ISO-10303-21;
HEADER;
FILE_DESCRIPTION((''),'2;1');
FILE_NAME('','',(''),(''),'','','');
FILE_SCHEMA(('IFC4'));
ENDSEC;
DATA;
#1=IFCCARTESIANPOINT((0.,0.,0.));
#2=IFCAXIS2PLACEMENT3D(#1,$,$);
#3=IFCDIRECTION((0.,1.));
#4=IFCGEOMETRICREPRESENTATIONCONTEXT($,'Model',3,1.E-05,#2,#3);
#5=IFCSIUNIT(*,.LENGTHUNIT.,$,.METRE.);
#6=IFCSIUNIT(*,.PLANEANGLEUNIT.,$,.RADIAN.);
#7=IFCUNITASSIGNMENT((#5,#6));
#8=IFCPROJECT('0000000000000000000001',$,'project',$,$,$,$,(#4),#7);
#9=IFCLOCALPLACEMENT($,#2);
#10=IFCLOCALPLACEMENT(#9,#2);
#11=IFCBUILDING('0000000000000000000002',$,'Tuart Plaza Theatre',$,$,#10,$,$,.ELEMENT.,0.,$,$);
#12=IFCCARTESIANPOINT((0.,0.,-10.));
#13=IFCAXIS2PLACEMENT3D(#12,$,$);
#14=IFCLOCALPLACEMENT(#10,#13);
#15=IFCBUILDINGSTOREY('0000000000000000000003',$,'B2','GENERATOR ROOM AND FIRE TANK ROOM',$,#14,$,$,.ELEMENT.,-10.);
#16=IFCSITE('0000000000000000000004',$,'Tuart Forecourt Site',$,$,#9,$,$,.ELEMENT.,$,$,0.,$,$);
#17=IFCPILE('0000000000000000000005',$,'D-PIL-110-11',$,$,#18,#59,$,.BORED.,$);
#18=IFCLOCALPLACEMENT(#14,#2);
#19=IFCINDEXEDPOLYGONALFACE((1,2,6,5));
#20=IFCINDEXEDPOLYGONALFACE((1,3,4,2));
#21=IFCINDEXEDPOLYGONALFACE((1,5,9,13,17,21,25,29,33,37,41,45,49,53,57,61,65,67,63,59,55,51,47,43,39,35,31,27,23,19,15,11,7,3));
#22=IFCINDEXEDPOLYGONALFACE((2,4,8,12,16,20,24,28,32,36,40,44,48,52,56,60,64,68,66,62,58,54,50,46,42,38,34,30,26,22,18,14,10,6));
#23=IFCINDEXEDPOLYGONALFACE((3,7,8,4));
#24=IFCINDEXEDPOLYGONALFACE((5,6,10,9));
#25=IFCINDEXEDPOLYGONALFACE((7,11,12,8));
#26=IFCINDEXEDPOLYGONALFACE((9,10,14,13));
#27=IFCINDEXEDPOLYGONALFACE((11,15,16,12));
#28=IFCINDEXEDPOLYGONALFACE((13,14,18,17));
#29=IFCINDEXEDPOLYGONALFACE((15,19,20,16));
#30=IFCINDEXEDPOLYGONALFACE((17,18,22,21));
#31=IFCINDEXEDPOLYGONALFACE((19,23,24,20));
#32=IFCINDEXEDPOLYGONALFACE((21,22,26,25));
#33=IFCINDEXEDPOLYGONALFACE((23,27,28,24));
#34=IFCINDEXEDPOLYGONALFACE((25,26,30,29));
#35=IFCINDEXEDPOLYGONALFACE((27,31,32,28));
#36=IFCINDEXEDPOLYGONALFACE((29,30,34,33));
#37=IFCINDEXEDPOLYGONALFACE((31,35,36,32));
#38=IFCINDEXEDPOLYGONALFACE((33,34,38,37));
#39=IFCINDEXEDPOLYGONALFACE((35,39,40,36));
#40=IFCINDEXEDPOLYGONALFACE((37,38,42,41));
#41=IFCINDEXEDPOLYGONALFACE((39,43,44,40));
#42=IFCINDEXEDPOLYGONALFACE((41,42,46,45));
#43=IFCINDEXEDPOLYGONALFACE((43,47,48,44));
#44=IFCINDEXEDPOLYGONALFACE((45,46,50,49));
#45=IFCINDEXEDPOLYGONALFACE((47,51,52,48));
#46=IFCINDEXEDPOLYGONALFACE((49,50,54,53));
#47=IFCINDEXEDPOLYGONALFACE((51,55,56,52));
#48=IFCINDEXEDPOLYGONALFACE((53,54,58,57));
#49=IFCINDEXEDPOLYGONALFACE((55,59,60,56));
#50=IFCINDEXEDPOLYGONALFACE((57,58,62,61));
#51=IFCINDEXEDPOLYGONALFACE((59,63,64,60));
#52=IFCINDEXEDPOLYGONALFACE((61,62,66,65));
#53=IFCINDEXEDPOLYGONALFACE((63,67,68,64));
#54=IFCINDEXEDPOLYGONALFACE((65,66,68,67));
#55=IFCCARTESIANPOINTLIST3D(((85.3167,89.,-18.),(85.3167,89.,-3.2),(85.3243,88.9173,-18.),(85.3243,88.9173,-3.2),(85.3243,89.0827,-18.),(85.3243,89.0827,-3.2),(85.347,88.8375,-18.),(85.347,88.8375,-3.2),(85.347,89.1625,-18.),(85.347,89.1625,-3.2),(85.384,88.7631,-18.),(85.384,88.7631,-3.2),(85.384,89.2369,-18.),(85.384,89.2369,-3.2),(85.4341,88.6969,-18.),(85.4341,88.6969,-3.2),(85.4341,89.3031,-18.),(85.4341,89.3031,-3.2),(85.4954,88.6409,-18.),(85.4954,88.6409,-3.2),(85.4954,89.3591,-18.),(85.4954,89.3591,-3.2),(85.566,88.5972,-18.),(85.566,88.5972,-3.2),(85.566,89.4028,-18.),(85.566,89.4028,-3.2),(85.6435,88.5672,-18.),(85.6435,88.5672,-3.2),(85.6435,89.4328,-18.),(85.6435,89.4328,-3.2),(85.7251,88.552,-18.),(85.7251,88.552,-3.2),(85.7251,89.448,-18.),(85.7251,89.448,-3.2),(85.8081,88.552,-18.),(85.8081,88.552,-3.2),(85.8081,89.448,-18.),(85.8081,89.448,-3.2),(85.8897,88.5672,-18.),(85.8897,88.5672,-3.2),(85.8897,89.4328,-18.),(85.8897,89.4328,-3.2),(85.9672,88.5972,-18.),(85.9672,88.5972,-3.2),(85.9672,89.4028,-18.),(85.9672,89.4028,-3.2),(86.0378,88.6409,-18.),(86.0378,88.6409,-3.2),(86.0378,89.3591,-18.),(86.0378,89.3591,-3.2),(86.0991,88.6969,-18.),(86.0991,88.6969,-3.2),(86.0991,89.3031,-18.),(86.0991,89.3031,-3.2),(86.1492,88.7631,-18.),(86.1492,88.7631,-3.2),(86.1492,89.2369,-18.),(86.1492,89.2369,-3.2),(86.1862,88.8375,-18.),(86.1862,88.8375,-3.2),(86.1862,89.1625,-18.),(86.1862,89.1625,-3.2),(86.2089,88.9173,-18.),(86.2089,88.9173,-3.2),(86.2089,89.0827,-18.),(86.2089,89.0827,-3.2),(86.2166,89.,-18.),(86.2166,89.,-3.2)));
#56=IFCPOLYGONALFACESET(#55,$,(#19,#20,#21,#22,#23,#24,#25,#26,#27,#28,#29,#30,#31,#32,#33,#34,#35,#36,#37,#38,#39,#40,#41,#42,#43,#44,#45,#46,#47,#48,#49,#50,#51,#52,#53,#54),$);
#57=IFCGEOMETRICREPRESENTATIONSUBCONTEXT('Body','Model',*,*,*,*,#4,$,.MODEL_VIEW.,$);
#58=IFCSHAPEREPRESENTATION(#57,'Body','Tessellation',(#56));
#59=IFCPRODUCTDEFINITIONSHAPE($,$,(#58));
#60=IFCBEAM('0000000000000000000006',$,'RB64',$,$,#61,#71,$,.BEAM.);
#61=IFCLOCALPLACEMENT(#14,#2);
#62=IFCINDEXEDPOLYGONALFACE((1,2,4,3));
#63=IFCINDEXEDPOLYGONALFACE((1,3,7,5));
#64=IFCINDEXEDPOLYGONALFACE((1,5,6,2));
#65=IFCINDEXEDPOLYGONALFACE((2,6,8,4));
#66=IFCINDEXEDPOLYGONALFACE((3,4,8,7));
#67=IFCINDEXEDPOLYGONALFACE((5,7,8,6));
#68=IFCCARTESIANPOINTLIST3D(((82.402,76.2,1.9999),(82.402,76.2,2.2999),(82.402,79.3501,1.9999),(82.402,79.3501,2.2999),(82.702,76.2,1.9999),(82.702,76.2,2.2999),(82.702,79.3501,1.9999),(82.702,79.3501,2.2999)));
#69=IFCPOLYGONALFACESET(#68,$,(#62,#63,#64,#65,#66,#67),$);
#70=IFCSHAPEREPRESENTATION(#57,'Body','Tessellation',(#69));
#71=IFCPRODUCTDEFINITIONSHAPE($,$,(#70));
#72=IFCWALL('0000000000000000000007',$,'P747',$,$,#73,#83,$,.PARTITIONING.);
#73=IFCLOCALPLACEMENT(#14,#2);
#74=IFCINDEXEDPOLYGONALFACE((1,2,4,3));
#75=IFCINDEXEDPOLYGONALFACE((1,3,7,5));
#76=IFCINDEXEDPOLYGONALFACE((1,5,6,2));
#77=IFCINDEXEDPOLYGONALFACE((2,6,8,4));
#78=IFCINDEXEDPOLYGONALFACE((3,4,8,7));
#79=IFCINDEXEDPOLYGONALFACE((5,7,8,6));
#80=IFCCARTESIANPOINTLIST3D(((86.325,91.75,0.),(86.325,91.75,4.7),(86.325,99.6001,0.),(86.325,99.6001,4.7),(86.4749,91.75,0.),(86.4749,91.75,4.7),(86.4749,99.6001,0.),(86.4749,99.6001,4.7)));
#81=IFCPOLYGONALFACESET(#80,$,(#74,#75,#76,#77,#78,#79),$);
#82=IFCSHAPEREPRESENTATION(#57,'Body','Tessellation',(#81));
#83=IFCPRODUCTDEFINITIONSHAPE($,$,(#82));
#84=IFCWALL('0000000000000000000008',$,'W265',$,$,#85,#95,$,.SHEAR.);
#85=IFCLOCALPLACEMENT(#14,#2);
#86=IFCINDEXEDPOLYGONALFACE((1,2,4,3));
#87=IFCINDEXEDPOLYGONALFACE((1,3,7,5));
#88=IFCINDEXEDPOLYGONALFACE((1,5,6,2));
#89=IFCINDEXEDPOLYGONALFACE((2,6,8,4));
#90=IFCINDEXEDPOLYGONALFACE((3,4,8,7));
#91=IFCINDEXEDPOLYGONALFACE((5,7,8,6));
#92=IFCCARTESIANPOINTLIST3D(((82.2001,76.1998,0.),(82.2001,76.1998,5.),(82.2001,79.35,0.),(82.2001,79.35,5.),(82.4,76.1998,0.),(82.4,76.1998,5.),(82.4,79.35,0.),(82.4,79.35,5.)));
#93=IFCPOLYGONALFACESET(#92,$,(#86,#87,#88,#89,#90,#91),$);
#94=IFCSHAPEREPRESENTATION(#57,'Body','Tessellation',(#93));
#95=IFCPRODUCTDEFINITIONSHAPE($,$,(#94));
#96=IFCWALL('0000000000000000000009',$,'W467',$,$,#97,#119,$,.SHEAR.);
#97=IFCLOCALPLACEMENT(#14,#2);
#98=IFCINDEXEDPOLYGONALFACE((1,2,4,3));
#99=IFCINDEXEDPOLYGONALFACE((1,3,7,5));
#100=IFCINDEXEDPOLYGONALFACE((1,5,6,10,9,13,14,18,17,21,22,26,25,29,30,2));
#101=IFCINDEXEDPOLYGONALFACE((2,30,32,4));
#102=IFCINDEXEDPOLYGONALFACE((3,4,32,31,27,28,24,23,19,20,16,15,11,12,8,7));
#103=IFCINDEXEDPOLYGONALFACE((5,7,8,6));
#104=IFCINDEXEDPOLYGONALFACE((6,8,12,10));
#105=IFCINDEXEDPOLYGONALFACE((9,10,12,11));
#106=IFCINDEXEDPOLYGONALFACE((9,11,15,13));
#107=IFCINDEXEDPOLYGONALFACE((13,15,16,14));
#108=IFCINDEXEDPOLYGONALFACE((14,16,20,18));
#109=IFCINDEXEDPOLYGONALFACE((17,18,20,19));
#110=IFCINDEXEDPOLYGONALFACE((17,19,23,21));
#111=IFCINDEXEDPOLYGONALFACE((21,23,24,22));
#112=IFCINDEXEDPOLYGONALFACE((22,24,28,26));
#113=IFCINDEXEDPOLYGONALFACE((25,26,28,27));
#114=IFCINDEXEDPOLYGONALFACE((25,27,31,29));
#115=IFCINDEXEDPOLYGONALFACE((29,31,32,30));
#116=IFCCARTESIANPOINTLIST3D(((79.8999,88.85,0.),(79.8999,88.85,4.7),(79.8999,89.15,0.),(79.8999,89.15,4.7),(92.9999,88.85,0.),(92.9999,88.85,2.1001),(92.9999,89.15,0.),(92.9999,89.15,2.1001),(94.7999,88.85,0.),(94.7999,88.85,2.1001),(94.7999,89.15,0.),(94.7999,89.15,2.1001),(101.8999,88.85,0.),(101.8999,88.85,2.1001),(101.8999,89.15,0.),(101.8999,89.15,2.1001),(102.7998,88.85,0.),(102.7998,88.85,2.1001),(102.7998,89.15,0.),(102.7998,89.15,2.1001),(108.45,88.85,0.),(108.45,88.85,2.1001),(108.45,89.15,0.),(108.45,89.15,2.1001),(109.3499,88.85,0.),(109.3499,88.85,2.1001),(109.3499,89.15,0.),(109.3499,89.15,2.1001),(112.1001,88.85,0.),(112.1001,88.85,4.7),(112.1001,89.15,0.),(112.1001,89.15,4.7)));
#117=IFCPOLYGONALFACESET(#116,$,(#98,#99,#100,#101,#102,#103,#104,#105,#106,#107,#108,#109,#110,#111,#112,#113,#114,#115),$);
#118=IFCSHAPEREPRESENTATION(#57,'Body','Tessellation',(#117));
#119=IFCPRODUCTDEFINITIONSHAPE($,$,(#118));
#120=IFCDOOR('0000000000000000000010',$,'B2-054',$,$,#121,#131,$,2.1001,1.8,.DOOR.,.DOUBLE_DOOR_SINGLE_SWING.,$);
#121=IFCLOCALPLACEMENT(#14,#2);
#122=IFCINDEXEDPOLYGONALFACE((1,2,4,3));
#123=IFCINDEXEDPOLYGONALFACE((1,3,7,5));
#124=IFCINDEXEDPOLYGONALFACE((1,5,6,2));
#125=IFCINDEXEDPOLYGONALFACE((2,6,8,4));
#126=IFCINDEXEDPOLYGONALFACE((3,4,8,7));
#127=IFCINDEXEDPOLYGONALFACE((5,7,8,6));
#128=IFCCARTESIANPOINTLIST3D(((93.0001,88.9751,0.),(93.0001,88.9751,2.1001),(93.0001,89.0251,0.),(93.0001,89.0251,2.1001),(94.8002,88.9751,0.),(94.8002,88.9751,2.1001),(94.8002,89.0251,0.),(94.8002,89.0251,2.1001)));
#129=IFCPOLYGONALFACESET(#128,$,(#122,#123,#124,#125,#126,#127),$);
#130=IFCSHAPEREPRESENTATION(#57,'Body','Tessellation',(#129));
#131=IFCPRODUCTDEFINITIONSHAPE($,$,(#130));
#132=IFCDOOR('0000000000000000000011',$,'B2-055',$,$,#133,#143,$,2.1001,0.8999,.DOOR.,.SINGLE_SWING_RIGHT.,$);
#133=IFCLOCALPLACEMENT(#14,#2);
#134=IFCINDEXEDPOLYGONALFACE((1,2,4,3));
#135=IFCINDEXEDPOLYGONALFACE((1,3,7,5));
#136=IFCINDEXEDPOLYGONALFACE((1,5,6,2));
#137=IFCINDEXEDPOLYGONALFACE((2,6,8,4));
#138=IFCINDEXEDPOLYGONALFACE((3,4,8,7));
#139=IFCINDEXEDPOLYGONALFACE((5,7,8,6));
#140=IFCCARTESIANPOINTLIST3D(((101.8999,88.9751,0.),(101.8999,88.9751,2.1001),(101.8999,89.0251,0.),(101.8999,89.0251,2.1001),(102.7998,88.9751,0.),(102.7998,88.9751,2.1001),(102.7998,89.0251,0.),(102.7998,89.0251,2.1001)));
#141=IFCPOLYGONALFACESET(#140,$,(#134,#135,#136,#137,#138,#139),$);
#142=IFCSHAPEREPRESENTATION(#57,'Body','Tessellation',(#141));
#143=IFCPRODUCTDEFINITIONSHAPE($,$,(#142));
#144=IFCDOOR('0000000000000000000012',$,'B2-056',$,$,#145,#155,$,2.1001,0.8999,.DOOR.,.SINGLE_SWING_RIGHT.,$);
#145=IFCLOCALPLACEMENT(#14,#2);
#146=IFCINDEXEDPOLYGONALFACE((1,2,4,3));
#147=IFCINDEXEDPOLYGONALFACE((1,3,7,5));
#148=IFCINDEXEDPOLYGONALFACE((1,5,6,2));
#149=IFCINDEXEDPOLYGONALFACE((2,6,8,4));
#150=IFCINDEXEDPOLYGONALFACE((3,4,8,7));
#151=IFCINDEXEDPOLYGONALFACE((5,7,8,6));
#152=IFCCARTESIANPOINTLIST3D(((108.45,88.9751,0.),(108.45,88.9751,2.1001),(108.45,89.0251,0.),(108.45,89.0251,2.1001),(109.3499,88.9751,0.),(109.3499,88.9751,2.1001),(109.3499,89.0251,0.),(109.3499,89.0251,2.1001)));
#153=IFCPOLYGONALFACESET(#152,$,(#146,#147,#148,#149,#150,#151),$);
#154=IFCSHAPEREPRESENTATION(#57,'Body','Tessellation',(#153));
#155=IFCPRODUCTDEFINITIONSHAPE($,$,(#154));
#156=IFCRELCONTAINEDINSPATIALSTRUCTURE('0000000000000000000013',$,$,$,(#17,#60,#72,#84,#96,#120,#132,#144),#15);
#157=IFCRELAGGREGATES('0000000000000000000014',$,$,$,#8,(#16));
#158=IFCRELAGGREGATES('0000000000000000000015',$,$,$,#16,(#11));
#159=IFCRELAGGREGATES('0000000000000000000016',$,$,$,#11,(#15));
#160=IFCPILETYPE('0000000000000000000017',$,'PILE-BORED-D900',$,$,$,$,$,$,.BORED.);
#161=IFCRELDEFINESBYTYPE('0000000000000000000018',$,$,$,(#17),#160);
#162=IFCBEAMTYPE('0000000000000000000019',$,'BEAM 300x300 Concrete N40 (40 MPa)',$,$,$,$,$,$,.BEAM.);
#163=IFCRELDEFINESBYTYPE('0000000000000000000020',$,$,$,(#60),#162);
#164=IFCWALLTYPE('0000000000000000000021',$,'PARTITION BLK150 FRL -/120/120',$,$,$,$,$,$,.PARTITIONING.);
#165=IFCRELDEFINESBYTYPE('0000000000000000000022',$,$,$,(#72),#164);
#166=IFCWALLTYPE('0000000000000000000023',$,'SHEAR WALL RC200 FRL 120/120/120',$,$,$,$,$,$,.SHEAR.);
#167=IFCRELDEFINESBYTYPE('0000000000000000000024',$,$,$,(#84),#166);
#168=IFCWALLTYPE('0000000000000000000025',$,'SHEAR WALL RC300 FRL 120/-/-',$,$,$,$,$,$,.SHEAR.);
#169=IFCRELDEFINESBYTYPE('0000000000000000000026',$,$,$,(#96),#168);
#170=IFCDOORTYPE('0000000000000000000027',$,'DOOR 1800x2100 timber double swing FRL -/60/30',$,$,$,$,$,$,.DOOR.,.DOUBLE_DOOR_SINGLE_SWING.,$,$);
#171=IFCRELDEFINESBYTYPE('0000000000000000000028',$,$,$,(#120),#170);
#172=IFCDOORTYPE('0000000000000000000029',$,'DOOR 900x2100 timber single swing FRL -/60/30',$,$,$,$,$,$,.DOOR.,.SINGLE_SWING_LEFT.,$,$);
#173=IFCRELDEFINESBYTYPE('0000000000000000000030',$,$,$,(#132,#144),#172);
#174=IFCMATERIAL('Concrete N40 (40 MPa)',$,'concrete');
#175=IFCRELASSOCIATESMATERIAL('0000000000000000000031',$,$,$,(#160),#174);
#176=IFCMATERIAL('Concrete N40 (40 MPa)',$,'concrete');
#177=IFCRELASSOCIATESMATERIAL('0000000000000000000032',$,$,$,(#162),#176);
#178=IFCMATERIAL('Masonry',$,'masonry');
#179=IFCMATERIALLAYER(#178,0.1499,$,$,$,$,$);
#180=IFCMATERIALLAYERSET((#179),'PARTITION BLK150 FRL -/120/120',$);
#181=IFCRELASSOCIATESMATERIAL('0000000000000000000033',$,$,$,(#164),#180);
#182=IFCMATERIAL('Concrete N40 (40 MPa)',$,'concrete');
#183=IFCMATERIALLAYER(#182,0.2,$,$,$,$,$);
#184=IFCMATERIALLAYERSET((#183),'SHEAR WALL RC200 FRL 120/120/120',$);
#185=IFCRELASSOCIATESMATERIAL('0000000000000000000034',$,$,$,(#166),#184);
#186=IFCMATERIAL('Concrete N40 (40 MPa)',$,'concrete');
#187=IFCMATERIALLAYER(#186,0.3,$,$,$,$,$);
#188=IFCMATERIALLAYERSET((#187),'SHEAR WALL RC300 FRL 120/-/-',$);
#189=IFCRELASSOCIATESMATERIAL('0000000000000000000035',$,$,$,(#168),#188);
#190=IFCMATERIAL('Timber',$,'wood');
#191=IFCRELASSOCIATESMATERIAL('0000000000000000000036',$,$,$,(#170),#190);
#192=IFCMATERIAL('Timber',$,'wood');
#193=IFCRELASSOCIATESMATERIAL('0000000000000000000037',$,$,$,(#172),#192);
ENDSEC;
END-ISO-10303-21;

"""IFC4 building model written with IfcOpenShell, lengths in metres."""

from ifc_helpers import new_model, si_unit, direction, frame, frame_2d, origin, origin_2d, place, context, subcontext, project, spatial, rectangle, circle, extrude, material, layer, layer_set, material_profile, profile_set, type_object, element, fill, save


model = new_model("IFC4")

# Units and contexts
model_context = context("Model", 3, precision=1e-05, world=origin(), true_north=direction((0.0, 1.0)))
body_context = subcontext(model_context, "Body", "Model", "MODEL_VIEW")
ifc_project = project(units=[si_unit("LENGTHUNIT", "METRE"), si_unit("PLANEANGLEUNIT", "RADIAN")], contexts=[model_context])

# Site, building, storey
site_placement = place(None, origin())
site = spatial("IfcSite", under=ifc_project, at=site_placement, Name="Tuart Forecourt Site", CompositionType="ELEMENT", RefElevation=0.0)
building_placement = place(site_placement, origin())
building = spatial("IfcBuilding", under=site, at=building_placement, Name="Tuart Plaza Theatre", CompositionType="ELEMENT", ElevationOfRefHeight=0.0)
storey_placement = place(building_placement, frame((0.0, 0.0, -10.0)))
storey = spatial("IfcBuildingStorey", under=building, at=storey_placement, Name="B2", Description="GENERATOR ROOM AND FIRE TANK ROOM", CompositionType="ELEMENT", Elevation=-10.0)

# Pile
ifc_material_1 = material(Name="Concrete N40 (40 MPa)", Category="concrete")
ifc_material_profile_1 = material_profile(ifc_material_1, circle(Radius=0.45, at=origin_2d()), Name="PILE-BORED-D900")
ifc_profile_set_1 = profile_set([ifc_material_profile_1], Name="Concrete N40 (40 MPa)")
pile_type = type_object("IfcPileType", Name="PILE-BORED-D900", PredefinedType="BORED", material=ifc_profile_set_1)
for number, where, z_axis, x_axis, name in (
    (1, (85.7666, 89.0, -3.2), (0.0, 0.0, -1.0), (1.0, 0.0, 0.0), "D-PIL-110-11"),
):
    element("IfcPile", number, at=place(storey_placement, frame(where, z_axis=z_axis, x_axis=x_axis)), inside=storey, type_object=pile_type, Name=name, PredefinedType="BORED", context=body_context, shape_type="SweptSolid", body=[
        extrude(circle(Radius=0.45, at=origin_2d()), origin(), (0.0, 0.0, 1.0), 14.8),
    ])

# Beam
ifc_material_2 = material(Name="Concrete N40 (40 MPa)", Category="concrete")
ifc_material_profile_2 = material_profile(ifc_material_2, rectangle(XDim=0.3, YDim=0.3, at=origin_2d()), Name="BEAM 300x300 Concrete N40 (40 MPa)")
ifc_profile_set_2 = profile_set([ifc_material_profile_2], Name="Concrete N40 (40 MPa)")
beam_type = type_object("IfcBeamType", Name="BEAM 300x300 Concrete N40 (40 MPa)", PredefinedType="BEAM", material=ifc_profile_set_2)
beam_placement = place(storey_placement, frame((82.552, 79.3501, 2.1499), z_axis=(0.0, -1.0, 0.0), x_axis=(1.0, 0.0, 0.0)))
element("IfcBeam", 2, at=beam_placement, inside=storey, type_object=beam_type, Name="RB64", PredefinedType="BEAM", context=body_context, shape_type="SweptSolid", body=[
    extrude(rectangle(XDim=0.3, YDim=0.3, at=origin_2d()), origin(), (0.0, 0.0, 1.0), 3.1501),
])

# Walls
ifc_material_3 = material(Name="Masonry", Category="masonry")
ifc_layer_1 = layer(ifc_material_3, 0.1499)
ifc_layer_set_1 = layer_set([ifc_layer_1], Name="PARTITION BLK150 FRL -/120/120")
wall_type_1 = type_object("IfcWallType", Name="PARTITION BLK150 FRL -/120/120", PredefinedType="PARTITIONING", material=ifc_layer_set_1)
wall_1_placement = place(storey_placement, frame((86.3999, 91.75, 0.0), z_axis=(0.0, 0.0, 1.0), x_axis=(0.0, 1.0, 0.0)))
element("IfcWall", 3, at=wall_1_placement, inside=storey, type_object=wall_type_1, Name="P747", PredefinedType="PARTITIONING", context=body_context, shape_type="SweptSolid", body=[
    extrude(rectangle(XDim=7.8501, YDim=0.1499, at=frame_2d((3.925, 0.0))), origin(), (0.0, 0.0, 1.0), 4.7),
])
ifc_material_4 = material(Name="Concrete N40 (40 MPa)", Category="concrete")
ifc_layer_2 = layer(ifc_material_4, 0.2)
ifc_layer_set_2 = layer_set([ifc_layer_2], Name="SHEAR WALL RC200 FRL 120/120/120")
wall_type_2 = type_object("IfcWallType", Name="SHEAR WALL RC200 FRL 120/120/120", PredefinedType="SHEAR", material=ifc_layer_set_2)
wall_2_placement = place(storey_placement, frame((82.3, 79.3501, 0.0), z_axis=(0.0, 0.0, 1.0), x_axis=(0.0, -1.0, 0.0)))
element("IfcWall", 4, at=wall_2_placement, inside=storey, type_object=wall_type_2, Name="W265", PredefinedType="SHEAR", context=body_context, shape_type="SweptSolid", body=[
    extrude(rectangle(XDim=3.1501, YDim=0.2, at=frame_2d((1.5752, 0.0))), origin(), (0.0, 0.0, 1.0), 5.0),
])

# Wall, openings, doors
ifc_material_5 = material(Name="Concrete N40 (40 MPa)", Category="concrete")
ifc_layer_3 = layer(ifc_material_5, 0.3)
ifc_layer_set_3 = layer_set([ifc_layer_3], Name="SHEAR WALL RC300 FRL 120/-/-")
wall_type_3 = type_object("IfcWallType", Name="SHEAR WALL RC300 FRL 120/-/-", PredefinedType="SHEAR", material=ifc_layer_set_3)
wall_3_placement = place(storey_placement, frame((79.8999, 89.0, 0.0), z_axis=(0.0, 0.0, 1.0), x_axis=(1.0, 0.0, 0.0)))
wall_3 = element("IfcWall", 5, at=wall_3_placement, inside=storey, type_object=wall_type_3, Name="W467", PredefinedType="SHEAR", context=body_context, shape_type="SweptSolid", body=[
    extrude(rectangle(XDim=32.2002, YDim=0.3, at=frame_2d((16.1001, 0.0))), origin(), (0.0, 0.0, 1.0), 4.7),
])
opening_1_placement = place(wall_3_placement, frame((13.1001, 0.0, 0.0)))
opening_1 = element("IfcOpeningElement", 6, at=opening_1_placement, cuts=wall_3, PredefinedType="OPENING", context=body_context, shape_type="SweptSolid", body=[
    extrude(rectangle(XDim=1.8, YDim=2.1001, at=frame_2d((0.8999, 1.05))), frame((0.0, 0.1599, 0.0), z_axis=(0.0, -1.0, 0.0), x_axis=(1.0, 0.0, 0.0)), (0.0, 0.0, 1.0), 0.3201),
])
opening_2_placement = place(wall_3_placement, frame((22.0, 0.0, 0.0)))
opening_2 = element("IfcOpeningElement", 7, at=opening_2_placement, cuts=wall_3, PredefinedType="OPENING", context=body_context, shape_type="SweptSolid", body=[
    extrude(rectangle(XDim=0.8999, YDim=2.1001, at=frame_2d((0.45, 1.05))), frame((0.0, 0.1599, 0.0), z_axis=(0.0, -1.0, 0.0), x_axis=(1.0, 0.0, 0.0)), (0.0, 0.0, 1.0), 0.3201),
])
opening_3_placement = place(wall_3_placement, frame((28.55, 0.0, 0.0)))
opening_3 = element("IfcOpeningElement", 8, at=opening_3_placement, cuts=wall_3, PredefinedType="OPENING", context=body_context, shape_type="SweptSolid", body=[
    extrude(rectangle(XDim=0.8999, YDim=2.1001, at=frame_2d((0.45, 1.05))), frame((0.0, 0.1599, 0.0), z_axis=(0.0, -1.0, 0.0), x_axis=(1.0, 0.0, 0.0)), (0.0, 0.0, 1.0), 0.3201),
])
ifc_material_6 = material(Name="Timber", Category="wood")
door_type_1 = type_object("IfcDoorType", Name="DOOR 1800x2100 timber double swing FRL -/60/30", OperationType="DOUBLE_DOOR_SINGLE_SWING", PredefinedType="DOOR", material=ifc_material_6)
door_1_placement = place(opening_1_placement, frame((1.8, 0.0, 0.0), z_axis=(0.0, 0.0, 1.0), x_axis=(-1.0, 0.0, 0.0)))
door_1 = element("IfcDoor", 9, at=door_1_placement, inside=storey, type_object=door_type_1, Name="B2-054", OperationType="DOUBLE_DOOR_SINGLE_SWING", OverallHeight=2.1001, OverallWidth=1.8, PredefinedType="DOOR", context=body_context, shape_type="SweptSolid", body=[
    extrude(rectangle(XDim=1.8, YDim=2.1001, at=frame_2d((0.8999, 1.05))), frame((0.0, 0.0249, 0.0), z_axis=(0.0, -1.0, 0.0), x_axis=(1.0, 0.0, 0.0)), (0.0, 0.0, 1.0), 0.05),
])
fill(opening_1, door_1)
ifc_material_7 = material(Name="Timber", Category="wood")
door_type_2 = type_object("IfcDoorType", Name="DOOR 900x2100 timber single swing FRL -/60/30", OperationType="SINGLE_SWING_LEFT", PredefinedType="DOOR", material=ifc_material_7)
door_2_placement = place(opening_2_placement, frame((0.8999, 0.0, 0.0), z_axis=(0.0, 0.0, 1.0), x_axis=(-1.0, 0.0, 0.0)))
door_2 = element("IfcDoor", 10, at=door_2_placement, inside=storey, type_object=door_type_2, Name="B2-055", OperationType="SINGLE_SWING_RIGHT", OverallHeight=2.1001, OverallWidth=0.8999, PredefinedType="DOOR", context=body_context, shape_type="SweptSolid", body=[
    extrude(rectangle(XDim=0.8999, YDim=2.1001, at=frame_2d((0.45, 1.05))), frame((0.0, 0.0249, 0.0), z_axis=(0.0, -1.0, 0.0), x_axis=(1.0, 0.0, 0.0)), (0.0, 0.0, 1.0), 0.05),
])
fill(opening_2, door_2)
door_3_placement = place(opening_3_placement, frame((0.8999, 0.0, 0.0), z_axis=(0.0, 0.0, 1.0), x_axis=(-1.0, 0.0, 0.0)))
door_3 = element("IfcDoor", 11, at=door_3_placement, inside=storey, type_object=door_type_2, Name="B2-056", OperationType="SINGLE_SWING_RIGHT", OverallHeight=2.1001, OverallWidth=0.8999, PredefinedType="DOOR", context=body_context, shape_type="SweptSolid", body=[
    extrude(rectangle(XDim=0.8999, YDim=2.1001, at=frame_2d((0.45, 1.05))), frame((0.0, 0.0249, 0.0), z_axis=(0.0, -1.0, 0.0), x_axis=(1.0, 0.0, 0.0)), (0.0, 0.0, 1.0), 0.05),
])
fill(opening_3, door_3)

save(model, "model.ifc")
